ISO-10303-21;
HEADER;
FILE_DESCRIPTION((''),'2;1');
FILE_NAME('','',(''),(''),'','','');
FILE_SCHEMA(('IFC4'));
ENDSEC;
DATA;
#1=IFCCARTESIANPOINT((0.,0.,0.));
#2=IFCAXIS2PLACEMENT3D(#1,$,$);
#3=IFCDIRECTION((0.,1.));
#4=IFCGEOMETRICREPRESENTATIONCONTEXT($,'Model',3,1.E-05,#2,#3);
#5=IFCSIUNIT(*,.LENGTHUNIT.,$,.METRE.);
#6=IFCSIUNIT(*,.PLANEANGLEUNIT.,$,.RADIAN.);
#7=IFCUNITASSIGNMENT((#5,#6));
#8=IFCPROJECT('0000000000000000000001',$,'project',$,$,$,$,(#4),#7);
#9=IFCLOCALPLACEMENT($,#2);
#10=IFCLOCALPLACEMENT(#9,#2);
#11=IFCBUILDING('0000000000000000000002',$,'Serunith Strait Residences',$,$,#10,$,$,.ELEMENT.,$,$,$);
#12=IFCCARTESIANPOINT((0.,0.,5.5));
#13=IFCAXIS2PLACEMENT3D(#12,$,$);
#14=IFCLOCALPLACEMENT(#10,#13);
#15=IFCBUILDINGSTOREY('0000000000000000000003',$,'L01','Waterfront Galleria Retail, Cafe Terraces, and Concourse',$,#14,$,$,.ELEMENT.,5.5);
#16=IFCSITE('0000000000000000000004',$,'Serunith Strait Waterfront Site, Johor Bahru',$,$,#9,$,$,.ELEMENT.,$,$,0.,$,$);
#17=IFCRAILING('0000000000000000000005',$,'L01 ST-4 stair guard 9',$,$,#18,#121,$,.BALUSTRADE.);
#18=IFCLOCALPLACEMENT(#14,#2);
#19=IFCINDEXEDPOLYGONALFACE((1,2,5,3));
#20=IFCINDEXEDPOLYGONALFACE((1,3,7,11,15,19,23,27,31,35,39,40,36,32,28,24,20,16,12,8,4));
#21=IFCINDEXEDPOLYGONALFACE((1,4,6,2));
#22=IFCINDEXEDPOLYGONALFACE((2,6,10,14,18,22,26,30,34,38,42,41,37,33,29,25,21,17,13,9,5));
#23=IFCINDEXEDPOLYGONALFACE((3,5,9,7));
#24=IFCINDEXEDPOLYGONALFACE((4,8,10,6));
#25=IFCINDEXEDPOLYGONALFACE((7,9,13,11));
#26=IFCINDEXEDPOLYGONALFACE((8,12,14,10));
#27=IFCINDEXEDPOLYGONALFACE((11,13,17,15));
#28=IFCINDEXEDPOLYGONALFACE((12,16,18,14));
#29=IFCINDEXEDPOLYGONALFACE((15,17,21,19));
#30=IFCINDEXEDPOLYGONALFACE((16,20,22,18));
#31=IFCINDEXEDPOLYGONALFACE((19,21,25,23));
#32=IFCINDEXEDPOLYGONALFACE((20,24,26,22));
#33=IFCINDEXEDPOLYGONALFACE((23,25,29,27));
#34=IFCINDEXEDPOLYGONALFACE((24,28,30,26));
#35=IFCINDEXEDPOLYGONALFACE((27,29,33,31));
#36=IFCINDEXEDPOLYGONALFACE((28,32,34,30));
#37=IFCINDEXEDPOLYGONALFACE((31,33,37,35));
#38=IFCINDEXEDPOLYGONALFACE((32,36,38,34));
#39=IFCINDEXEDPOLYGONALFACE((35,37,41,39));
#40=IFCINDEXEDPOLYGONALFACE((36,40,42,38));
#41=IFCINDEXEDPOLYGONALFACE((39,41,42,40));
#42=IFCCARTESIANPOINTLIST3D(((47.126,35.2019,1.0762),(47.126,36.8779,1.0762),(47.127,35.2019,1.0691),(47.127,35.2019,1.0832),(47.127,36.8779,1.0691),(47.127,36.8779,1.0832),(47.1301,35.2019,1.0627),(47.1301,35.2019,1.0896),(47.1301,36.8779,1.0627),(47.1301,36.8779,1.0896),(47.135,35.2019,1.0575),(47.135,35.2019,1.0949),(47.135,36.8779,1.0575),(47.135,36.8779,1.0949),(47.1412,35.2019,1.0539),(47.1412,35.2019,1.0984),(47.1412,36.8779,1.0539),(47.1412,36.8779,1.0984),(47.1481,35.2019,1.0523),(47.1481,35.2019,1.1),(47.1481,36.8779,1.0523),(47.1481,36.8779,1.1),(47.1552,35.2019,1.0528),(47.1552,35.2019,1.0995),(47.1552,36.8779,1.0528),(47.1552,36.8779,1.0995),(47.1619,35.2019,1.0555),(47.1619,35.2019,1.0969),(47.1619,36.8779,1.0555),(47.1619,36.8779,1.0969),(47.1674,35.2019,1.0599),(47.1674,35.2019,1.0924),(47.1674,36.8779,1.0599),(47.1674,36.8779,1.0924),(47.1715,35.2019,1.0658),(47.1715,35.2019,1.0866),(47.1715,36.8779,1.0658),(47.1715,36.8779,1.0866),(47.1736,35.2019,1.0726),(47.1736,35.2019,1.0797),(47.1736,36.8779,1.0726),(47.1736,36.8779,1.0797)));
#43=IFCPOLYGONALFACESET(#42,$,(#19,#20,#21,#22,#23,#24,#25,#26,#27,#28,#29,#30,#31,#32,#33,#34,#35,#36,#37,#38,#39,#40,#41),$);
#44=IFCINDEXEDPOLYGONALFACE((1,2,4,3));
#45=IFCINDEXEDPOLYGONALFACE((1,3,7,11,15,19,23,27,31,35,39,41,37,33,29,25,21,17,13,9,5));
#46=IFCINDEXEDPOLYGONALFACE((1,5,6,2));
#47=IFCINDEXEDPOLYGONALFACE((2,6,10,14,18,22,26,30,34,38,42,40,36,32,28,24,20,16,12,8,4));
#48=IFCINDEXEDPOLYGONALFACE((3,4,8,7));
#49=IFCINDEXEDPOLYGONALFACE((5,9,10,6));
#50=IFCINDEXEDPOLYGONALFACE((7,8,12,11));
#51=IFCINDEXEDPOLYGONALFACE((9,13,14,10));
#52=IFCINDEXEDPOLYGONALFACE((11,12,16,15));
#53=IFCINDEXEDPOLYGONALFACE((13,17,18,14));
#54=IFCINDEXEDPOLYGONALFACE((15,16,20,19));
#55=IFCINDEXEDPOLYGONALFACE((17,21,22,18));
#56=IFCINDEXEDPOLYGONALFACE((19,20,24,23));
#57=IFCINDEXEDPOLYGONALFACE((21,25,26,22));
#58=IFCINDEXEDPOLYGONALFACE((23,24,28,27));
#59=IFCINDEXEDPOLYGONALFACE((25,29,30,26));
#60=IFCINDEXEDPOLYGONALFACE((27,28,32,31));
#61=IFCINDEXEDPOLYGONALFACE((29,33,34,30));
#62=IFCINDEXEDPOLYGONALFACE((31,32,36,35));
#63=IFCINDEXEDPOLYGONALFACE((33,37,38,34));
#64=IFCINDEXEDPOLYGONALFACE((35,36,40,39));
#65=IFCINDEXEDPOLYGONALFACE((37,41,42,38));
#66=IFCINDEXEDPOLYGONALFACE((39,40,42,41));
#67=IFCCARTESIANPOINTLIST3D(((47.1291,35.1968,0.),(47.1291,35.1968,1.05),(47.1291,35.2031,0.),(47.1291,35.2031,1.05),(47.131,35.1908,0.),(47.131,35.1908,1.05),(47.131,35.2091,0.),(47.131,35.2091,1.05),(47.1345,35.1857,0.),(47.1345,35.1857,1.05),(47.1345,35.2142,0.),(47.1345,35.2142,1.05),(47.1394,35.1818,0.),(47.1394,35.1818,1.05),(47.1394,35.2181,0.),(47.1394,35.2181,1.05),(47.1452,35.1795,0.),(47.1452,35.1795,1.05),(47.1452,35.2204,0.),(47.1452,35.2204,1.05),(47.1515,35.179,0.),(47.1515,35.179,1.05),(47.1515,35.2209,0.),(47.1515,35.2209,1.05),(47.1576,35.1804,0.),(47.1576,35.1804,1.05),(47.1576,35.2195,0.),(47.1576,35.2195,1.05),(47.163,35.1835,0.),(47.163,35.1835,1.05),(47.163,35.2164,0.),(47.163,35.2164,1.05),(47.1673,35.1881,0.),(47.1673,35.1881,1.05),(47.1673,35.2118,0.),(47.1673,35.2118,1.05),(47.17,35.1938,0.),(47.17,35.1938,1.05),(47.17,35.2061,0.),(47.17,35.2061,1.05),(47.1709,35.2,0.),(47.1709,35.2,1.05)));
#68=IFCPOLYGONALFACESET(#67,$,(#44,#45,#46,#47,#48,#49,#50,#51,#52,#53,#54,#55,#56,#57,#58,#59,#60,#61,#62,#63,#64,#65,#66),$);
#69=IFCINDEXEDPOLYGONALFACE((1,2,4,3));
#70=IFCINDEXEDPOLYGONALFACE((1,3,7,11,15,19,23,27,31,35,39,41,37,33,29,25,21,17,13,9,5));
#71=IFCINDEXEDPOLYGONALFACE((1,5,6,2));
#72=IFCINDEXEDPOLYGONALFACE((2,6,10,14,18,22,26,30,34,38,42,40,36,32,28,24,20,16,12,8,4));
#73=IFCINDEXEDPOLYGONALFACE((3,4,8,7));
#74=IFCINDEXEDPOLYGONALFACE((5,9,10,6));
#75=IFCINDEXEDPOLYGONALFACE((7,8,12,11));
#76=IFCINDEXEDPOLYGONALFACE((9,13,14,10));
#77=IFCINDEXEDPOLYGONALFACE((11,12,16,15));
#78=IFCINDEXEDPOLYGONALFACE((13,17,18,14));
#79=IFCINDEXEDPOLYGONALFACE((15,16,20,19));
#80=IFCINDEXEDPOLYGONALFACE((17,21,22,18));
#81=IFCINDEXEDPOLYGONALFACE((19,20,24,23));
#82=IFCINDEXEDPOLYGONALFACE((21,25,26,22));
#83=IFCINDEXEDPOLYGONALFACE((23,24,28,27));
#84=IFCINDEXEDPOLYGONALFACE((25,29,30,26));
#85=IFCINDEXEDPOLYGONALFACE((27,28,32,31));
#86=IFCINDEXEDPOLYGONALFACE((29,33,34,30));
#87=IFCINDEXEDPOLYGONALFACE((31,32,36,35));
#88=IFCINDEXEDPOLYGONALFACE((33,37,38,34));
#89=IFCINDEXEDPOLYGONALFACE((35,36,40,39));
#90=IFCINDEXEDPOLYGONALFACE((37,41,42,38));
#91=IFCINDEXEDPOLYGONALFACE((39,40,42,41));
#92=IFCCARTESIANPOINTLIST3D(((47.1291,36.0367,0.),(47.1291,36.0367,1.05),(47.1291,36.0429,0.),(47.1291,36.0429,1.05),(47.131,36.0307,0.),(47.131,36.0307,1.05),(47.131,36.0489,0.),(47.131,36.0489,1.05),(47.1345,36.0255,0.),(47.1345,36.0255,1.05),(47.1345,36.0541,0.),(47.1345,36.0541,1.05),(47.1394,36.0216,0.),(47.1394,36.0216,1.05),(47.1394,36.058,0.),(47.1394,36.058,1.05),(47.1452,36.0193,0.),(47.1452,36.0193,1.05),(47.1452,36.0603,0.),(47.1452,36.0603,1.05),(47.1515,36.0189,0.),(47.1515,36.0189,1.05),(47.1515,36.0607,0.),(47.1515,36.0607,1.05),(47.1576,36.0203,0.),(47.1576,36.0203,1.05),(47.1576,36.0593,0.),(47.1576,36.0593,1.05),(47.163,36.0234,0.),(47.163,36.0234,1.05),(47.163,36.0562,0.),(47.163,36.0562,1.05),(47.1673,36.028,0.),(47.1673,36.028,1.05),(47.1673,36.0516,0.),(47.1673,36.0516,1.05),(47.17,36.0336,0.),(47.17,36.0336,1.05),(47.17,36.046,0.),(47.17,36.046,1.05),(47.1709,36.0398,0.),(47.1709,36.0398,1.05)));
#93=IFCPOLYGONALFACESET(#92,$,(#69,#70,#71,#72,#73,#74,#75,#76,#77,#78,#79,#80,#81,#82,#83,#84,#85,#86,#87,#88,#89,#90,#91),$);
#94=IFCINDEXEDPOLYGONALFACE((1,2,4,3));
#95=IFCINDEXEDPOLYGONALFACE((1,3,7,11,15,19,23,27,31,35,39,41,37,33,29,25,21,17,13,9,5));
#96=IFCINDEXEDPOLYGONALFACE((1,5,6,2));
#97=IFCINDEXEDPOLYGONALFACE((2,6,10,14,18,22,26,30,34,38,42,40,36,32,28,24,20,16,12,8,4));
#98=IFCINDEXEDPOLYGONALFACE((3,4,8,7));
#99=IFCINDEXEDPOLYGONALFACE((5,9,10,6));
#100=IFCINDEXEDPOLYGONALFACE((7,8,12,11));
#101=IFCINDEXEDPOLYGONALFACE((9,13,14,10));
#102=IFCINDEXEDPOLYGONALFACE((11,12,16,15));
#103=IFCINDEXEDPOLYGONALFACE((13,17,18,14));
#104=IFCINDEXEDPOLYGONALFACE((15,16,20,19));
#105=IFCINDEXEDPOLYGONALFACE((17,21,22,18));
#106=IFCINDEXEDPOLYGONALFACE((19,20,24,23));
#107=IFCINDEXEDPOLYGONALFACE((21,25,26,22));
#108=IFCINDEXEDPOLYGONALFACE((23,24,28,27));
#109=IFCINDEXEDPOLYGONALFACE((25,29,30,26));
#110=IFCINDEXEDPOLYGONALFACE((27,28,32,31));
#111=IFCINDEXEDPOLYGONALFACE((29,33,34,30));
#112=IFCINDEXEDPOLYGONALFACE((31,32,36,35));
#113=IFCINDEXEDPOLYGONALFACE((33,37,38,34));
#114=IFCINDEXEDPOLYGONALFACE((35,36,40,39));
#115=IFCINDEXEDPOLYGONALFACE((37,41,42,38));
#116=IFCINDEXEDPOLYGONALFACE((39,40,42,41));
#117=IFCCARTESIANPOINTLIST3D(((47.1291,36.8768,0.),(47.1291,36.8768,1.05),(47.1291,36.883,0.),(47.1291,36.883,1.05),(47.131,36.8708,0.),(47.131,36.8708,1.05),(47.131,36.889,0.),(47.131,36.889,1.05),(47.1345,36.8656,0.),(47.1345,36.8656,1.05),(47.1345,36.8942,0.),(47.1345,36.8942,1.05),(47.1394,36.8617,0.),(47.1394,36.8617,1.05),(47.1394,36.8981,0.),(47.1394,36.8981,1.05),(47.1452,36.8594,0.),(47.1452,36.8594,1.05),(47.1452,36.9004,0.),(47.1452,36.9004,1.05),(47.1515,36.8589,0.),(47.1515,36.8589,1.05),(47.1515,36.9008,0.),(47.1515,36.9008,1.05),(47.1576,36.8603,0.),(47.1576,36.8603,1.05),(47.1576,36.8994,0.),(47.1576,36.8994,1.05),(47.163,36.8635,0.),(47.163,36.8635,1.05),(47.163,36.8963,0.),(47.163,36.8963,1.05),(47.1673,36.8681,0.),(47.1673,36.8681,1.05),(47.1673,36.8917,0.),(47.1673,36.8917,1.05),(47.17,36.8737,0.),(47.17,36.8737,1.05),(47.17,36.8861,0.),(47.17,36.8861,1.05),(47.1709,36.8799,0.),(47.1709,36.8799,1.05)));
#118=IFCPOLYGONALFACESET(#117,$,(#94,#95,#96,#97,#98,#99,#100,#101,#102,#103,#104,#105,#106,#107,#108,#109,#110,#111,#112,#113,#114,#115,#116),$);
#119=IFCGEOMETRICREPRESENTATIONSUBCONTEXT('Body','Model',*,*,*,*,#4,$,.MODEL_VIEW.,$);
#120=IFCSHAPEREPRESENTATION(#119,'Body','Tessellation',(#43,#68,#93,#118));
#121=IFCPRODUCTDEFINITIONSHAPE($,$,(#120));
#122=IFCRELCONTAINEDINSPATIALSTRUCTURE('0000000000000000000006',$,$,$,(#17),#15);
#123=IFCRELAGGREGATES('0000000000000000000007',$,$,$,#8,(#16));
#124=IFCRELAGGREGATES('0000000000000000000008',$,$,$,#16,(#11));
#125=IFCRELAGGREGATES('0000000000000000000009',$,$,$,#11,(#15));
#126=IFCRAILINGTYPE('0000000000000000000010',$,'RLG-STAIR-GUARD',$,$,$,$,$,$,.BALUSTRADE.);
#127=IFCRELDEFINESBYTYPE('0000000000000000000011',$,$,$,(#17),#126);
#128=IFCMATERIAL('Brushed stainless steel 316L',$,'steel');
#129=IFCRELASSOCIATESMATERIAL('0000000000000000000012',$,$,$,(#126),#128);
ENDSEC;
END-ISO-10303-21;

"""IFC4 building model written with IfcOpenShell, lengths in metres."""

from ifc_helpers import new_model, si_unit, direction, frame, origin, origin_2d, place, context, subcontext, project, spatial, circle, extrude, material, type_object, element, save


model = new_model("IFC4")

# Units and contexts
model_context = context("Model", 3, precision=1e-05, world=origin(), true_north=direction((0.0, 1.0)))
body_context = subcontext(model_context, "Body", "Model", "MODEL_VIEW")
ifc_project = project(units=[si_unit("LENGTHUNIT", "METRE"), si_unit("PLANEANGLEUNIT", "RADIAN")], contexts=[model_context])

# Site, building, storey
site_placement = place(None, origin())
site = spatial("IfcSite", under=ifc_project, at=site_placement, Name="Serunith Strait Waterfront Site, Johor Bahru", CompositionType="ELEMENT", RefElevation=0.0)
building_placement = place(site_placement, origin())
building = spatial("IfcBuilding", under=site, at=building_placement, Name="Serunith Strait Residences", CompositionType="ELEMENT")
storey_placement = place(building_placement, frame((0.0, 0.0, 5.5)))
storey = spatial("IfcBuildingStorey", under=building, at=storey_placement, Name="L01", Description="Waterfront Galleria Retail, Cafe Terraces, and Concourse", CompositionType="ELEMENT", Elevation=5.5)

# Railing
ifc_material_1 = material(Name="Brushed stainless steel 316L", Category="steel")
railing_type = type_object("IfcRailingType", Name="RLG-STAIR-GUARD", PredefinedType="BALUSTRADE", material=ifc_material_1)
railing_1_placement = place(storey_placement, frame((47.1499, 35.2, 0.0)))
element("IfcRailing", 1, at=railing_1_placement, inside=storey, type_object=railing_type, Name="L01 ST-4 stair guard 9", PredefinedType="BALUSTRADE", context=body_context, shape_type="SweptSolid", body=[
    extrude(circle(Radius=0.0239, at=origin_2d()), frame((0.0, 0.002, 1.0762), z_axis=(0.0, 1.0, 0.0), x_axis=(-1.0, 0.0, 0.0)), (0.0, 0.0, 1.0), 1.676),
    extrude(circle(Radius=0.021, at=origin_2d()), origin(), (0.0, 0.0, 1.0), 1.05),
    extrude(circle(Radius=0.021, at=origin_2d()), frame((0.0, 0.8398, 0.0)), (0.0, 0.0, 1.0), 1.05),
    extrude(circle(Radius=0.021, at=origin_2d()), frame((0.0, 1.6799, 0.0)), (0.0, 0.0, 1.0), 1.05),
])

save(model, "model.ifc")
